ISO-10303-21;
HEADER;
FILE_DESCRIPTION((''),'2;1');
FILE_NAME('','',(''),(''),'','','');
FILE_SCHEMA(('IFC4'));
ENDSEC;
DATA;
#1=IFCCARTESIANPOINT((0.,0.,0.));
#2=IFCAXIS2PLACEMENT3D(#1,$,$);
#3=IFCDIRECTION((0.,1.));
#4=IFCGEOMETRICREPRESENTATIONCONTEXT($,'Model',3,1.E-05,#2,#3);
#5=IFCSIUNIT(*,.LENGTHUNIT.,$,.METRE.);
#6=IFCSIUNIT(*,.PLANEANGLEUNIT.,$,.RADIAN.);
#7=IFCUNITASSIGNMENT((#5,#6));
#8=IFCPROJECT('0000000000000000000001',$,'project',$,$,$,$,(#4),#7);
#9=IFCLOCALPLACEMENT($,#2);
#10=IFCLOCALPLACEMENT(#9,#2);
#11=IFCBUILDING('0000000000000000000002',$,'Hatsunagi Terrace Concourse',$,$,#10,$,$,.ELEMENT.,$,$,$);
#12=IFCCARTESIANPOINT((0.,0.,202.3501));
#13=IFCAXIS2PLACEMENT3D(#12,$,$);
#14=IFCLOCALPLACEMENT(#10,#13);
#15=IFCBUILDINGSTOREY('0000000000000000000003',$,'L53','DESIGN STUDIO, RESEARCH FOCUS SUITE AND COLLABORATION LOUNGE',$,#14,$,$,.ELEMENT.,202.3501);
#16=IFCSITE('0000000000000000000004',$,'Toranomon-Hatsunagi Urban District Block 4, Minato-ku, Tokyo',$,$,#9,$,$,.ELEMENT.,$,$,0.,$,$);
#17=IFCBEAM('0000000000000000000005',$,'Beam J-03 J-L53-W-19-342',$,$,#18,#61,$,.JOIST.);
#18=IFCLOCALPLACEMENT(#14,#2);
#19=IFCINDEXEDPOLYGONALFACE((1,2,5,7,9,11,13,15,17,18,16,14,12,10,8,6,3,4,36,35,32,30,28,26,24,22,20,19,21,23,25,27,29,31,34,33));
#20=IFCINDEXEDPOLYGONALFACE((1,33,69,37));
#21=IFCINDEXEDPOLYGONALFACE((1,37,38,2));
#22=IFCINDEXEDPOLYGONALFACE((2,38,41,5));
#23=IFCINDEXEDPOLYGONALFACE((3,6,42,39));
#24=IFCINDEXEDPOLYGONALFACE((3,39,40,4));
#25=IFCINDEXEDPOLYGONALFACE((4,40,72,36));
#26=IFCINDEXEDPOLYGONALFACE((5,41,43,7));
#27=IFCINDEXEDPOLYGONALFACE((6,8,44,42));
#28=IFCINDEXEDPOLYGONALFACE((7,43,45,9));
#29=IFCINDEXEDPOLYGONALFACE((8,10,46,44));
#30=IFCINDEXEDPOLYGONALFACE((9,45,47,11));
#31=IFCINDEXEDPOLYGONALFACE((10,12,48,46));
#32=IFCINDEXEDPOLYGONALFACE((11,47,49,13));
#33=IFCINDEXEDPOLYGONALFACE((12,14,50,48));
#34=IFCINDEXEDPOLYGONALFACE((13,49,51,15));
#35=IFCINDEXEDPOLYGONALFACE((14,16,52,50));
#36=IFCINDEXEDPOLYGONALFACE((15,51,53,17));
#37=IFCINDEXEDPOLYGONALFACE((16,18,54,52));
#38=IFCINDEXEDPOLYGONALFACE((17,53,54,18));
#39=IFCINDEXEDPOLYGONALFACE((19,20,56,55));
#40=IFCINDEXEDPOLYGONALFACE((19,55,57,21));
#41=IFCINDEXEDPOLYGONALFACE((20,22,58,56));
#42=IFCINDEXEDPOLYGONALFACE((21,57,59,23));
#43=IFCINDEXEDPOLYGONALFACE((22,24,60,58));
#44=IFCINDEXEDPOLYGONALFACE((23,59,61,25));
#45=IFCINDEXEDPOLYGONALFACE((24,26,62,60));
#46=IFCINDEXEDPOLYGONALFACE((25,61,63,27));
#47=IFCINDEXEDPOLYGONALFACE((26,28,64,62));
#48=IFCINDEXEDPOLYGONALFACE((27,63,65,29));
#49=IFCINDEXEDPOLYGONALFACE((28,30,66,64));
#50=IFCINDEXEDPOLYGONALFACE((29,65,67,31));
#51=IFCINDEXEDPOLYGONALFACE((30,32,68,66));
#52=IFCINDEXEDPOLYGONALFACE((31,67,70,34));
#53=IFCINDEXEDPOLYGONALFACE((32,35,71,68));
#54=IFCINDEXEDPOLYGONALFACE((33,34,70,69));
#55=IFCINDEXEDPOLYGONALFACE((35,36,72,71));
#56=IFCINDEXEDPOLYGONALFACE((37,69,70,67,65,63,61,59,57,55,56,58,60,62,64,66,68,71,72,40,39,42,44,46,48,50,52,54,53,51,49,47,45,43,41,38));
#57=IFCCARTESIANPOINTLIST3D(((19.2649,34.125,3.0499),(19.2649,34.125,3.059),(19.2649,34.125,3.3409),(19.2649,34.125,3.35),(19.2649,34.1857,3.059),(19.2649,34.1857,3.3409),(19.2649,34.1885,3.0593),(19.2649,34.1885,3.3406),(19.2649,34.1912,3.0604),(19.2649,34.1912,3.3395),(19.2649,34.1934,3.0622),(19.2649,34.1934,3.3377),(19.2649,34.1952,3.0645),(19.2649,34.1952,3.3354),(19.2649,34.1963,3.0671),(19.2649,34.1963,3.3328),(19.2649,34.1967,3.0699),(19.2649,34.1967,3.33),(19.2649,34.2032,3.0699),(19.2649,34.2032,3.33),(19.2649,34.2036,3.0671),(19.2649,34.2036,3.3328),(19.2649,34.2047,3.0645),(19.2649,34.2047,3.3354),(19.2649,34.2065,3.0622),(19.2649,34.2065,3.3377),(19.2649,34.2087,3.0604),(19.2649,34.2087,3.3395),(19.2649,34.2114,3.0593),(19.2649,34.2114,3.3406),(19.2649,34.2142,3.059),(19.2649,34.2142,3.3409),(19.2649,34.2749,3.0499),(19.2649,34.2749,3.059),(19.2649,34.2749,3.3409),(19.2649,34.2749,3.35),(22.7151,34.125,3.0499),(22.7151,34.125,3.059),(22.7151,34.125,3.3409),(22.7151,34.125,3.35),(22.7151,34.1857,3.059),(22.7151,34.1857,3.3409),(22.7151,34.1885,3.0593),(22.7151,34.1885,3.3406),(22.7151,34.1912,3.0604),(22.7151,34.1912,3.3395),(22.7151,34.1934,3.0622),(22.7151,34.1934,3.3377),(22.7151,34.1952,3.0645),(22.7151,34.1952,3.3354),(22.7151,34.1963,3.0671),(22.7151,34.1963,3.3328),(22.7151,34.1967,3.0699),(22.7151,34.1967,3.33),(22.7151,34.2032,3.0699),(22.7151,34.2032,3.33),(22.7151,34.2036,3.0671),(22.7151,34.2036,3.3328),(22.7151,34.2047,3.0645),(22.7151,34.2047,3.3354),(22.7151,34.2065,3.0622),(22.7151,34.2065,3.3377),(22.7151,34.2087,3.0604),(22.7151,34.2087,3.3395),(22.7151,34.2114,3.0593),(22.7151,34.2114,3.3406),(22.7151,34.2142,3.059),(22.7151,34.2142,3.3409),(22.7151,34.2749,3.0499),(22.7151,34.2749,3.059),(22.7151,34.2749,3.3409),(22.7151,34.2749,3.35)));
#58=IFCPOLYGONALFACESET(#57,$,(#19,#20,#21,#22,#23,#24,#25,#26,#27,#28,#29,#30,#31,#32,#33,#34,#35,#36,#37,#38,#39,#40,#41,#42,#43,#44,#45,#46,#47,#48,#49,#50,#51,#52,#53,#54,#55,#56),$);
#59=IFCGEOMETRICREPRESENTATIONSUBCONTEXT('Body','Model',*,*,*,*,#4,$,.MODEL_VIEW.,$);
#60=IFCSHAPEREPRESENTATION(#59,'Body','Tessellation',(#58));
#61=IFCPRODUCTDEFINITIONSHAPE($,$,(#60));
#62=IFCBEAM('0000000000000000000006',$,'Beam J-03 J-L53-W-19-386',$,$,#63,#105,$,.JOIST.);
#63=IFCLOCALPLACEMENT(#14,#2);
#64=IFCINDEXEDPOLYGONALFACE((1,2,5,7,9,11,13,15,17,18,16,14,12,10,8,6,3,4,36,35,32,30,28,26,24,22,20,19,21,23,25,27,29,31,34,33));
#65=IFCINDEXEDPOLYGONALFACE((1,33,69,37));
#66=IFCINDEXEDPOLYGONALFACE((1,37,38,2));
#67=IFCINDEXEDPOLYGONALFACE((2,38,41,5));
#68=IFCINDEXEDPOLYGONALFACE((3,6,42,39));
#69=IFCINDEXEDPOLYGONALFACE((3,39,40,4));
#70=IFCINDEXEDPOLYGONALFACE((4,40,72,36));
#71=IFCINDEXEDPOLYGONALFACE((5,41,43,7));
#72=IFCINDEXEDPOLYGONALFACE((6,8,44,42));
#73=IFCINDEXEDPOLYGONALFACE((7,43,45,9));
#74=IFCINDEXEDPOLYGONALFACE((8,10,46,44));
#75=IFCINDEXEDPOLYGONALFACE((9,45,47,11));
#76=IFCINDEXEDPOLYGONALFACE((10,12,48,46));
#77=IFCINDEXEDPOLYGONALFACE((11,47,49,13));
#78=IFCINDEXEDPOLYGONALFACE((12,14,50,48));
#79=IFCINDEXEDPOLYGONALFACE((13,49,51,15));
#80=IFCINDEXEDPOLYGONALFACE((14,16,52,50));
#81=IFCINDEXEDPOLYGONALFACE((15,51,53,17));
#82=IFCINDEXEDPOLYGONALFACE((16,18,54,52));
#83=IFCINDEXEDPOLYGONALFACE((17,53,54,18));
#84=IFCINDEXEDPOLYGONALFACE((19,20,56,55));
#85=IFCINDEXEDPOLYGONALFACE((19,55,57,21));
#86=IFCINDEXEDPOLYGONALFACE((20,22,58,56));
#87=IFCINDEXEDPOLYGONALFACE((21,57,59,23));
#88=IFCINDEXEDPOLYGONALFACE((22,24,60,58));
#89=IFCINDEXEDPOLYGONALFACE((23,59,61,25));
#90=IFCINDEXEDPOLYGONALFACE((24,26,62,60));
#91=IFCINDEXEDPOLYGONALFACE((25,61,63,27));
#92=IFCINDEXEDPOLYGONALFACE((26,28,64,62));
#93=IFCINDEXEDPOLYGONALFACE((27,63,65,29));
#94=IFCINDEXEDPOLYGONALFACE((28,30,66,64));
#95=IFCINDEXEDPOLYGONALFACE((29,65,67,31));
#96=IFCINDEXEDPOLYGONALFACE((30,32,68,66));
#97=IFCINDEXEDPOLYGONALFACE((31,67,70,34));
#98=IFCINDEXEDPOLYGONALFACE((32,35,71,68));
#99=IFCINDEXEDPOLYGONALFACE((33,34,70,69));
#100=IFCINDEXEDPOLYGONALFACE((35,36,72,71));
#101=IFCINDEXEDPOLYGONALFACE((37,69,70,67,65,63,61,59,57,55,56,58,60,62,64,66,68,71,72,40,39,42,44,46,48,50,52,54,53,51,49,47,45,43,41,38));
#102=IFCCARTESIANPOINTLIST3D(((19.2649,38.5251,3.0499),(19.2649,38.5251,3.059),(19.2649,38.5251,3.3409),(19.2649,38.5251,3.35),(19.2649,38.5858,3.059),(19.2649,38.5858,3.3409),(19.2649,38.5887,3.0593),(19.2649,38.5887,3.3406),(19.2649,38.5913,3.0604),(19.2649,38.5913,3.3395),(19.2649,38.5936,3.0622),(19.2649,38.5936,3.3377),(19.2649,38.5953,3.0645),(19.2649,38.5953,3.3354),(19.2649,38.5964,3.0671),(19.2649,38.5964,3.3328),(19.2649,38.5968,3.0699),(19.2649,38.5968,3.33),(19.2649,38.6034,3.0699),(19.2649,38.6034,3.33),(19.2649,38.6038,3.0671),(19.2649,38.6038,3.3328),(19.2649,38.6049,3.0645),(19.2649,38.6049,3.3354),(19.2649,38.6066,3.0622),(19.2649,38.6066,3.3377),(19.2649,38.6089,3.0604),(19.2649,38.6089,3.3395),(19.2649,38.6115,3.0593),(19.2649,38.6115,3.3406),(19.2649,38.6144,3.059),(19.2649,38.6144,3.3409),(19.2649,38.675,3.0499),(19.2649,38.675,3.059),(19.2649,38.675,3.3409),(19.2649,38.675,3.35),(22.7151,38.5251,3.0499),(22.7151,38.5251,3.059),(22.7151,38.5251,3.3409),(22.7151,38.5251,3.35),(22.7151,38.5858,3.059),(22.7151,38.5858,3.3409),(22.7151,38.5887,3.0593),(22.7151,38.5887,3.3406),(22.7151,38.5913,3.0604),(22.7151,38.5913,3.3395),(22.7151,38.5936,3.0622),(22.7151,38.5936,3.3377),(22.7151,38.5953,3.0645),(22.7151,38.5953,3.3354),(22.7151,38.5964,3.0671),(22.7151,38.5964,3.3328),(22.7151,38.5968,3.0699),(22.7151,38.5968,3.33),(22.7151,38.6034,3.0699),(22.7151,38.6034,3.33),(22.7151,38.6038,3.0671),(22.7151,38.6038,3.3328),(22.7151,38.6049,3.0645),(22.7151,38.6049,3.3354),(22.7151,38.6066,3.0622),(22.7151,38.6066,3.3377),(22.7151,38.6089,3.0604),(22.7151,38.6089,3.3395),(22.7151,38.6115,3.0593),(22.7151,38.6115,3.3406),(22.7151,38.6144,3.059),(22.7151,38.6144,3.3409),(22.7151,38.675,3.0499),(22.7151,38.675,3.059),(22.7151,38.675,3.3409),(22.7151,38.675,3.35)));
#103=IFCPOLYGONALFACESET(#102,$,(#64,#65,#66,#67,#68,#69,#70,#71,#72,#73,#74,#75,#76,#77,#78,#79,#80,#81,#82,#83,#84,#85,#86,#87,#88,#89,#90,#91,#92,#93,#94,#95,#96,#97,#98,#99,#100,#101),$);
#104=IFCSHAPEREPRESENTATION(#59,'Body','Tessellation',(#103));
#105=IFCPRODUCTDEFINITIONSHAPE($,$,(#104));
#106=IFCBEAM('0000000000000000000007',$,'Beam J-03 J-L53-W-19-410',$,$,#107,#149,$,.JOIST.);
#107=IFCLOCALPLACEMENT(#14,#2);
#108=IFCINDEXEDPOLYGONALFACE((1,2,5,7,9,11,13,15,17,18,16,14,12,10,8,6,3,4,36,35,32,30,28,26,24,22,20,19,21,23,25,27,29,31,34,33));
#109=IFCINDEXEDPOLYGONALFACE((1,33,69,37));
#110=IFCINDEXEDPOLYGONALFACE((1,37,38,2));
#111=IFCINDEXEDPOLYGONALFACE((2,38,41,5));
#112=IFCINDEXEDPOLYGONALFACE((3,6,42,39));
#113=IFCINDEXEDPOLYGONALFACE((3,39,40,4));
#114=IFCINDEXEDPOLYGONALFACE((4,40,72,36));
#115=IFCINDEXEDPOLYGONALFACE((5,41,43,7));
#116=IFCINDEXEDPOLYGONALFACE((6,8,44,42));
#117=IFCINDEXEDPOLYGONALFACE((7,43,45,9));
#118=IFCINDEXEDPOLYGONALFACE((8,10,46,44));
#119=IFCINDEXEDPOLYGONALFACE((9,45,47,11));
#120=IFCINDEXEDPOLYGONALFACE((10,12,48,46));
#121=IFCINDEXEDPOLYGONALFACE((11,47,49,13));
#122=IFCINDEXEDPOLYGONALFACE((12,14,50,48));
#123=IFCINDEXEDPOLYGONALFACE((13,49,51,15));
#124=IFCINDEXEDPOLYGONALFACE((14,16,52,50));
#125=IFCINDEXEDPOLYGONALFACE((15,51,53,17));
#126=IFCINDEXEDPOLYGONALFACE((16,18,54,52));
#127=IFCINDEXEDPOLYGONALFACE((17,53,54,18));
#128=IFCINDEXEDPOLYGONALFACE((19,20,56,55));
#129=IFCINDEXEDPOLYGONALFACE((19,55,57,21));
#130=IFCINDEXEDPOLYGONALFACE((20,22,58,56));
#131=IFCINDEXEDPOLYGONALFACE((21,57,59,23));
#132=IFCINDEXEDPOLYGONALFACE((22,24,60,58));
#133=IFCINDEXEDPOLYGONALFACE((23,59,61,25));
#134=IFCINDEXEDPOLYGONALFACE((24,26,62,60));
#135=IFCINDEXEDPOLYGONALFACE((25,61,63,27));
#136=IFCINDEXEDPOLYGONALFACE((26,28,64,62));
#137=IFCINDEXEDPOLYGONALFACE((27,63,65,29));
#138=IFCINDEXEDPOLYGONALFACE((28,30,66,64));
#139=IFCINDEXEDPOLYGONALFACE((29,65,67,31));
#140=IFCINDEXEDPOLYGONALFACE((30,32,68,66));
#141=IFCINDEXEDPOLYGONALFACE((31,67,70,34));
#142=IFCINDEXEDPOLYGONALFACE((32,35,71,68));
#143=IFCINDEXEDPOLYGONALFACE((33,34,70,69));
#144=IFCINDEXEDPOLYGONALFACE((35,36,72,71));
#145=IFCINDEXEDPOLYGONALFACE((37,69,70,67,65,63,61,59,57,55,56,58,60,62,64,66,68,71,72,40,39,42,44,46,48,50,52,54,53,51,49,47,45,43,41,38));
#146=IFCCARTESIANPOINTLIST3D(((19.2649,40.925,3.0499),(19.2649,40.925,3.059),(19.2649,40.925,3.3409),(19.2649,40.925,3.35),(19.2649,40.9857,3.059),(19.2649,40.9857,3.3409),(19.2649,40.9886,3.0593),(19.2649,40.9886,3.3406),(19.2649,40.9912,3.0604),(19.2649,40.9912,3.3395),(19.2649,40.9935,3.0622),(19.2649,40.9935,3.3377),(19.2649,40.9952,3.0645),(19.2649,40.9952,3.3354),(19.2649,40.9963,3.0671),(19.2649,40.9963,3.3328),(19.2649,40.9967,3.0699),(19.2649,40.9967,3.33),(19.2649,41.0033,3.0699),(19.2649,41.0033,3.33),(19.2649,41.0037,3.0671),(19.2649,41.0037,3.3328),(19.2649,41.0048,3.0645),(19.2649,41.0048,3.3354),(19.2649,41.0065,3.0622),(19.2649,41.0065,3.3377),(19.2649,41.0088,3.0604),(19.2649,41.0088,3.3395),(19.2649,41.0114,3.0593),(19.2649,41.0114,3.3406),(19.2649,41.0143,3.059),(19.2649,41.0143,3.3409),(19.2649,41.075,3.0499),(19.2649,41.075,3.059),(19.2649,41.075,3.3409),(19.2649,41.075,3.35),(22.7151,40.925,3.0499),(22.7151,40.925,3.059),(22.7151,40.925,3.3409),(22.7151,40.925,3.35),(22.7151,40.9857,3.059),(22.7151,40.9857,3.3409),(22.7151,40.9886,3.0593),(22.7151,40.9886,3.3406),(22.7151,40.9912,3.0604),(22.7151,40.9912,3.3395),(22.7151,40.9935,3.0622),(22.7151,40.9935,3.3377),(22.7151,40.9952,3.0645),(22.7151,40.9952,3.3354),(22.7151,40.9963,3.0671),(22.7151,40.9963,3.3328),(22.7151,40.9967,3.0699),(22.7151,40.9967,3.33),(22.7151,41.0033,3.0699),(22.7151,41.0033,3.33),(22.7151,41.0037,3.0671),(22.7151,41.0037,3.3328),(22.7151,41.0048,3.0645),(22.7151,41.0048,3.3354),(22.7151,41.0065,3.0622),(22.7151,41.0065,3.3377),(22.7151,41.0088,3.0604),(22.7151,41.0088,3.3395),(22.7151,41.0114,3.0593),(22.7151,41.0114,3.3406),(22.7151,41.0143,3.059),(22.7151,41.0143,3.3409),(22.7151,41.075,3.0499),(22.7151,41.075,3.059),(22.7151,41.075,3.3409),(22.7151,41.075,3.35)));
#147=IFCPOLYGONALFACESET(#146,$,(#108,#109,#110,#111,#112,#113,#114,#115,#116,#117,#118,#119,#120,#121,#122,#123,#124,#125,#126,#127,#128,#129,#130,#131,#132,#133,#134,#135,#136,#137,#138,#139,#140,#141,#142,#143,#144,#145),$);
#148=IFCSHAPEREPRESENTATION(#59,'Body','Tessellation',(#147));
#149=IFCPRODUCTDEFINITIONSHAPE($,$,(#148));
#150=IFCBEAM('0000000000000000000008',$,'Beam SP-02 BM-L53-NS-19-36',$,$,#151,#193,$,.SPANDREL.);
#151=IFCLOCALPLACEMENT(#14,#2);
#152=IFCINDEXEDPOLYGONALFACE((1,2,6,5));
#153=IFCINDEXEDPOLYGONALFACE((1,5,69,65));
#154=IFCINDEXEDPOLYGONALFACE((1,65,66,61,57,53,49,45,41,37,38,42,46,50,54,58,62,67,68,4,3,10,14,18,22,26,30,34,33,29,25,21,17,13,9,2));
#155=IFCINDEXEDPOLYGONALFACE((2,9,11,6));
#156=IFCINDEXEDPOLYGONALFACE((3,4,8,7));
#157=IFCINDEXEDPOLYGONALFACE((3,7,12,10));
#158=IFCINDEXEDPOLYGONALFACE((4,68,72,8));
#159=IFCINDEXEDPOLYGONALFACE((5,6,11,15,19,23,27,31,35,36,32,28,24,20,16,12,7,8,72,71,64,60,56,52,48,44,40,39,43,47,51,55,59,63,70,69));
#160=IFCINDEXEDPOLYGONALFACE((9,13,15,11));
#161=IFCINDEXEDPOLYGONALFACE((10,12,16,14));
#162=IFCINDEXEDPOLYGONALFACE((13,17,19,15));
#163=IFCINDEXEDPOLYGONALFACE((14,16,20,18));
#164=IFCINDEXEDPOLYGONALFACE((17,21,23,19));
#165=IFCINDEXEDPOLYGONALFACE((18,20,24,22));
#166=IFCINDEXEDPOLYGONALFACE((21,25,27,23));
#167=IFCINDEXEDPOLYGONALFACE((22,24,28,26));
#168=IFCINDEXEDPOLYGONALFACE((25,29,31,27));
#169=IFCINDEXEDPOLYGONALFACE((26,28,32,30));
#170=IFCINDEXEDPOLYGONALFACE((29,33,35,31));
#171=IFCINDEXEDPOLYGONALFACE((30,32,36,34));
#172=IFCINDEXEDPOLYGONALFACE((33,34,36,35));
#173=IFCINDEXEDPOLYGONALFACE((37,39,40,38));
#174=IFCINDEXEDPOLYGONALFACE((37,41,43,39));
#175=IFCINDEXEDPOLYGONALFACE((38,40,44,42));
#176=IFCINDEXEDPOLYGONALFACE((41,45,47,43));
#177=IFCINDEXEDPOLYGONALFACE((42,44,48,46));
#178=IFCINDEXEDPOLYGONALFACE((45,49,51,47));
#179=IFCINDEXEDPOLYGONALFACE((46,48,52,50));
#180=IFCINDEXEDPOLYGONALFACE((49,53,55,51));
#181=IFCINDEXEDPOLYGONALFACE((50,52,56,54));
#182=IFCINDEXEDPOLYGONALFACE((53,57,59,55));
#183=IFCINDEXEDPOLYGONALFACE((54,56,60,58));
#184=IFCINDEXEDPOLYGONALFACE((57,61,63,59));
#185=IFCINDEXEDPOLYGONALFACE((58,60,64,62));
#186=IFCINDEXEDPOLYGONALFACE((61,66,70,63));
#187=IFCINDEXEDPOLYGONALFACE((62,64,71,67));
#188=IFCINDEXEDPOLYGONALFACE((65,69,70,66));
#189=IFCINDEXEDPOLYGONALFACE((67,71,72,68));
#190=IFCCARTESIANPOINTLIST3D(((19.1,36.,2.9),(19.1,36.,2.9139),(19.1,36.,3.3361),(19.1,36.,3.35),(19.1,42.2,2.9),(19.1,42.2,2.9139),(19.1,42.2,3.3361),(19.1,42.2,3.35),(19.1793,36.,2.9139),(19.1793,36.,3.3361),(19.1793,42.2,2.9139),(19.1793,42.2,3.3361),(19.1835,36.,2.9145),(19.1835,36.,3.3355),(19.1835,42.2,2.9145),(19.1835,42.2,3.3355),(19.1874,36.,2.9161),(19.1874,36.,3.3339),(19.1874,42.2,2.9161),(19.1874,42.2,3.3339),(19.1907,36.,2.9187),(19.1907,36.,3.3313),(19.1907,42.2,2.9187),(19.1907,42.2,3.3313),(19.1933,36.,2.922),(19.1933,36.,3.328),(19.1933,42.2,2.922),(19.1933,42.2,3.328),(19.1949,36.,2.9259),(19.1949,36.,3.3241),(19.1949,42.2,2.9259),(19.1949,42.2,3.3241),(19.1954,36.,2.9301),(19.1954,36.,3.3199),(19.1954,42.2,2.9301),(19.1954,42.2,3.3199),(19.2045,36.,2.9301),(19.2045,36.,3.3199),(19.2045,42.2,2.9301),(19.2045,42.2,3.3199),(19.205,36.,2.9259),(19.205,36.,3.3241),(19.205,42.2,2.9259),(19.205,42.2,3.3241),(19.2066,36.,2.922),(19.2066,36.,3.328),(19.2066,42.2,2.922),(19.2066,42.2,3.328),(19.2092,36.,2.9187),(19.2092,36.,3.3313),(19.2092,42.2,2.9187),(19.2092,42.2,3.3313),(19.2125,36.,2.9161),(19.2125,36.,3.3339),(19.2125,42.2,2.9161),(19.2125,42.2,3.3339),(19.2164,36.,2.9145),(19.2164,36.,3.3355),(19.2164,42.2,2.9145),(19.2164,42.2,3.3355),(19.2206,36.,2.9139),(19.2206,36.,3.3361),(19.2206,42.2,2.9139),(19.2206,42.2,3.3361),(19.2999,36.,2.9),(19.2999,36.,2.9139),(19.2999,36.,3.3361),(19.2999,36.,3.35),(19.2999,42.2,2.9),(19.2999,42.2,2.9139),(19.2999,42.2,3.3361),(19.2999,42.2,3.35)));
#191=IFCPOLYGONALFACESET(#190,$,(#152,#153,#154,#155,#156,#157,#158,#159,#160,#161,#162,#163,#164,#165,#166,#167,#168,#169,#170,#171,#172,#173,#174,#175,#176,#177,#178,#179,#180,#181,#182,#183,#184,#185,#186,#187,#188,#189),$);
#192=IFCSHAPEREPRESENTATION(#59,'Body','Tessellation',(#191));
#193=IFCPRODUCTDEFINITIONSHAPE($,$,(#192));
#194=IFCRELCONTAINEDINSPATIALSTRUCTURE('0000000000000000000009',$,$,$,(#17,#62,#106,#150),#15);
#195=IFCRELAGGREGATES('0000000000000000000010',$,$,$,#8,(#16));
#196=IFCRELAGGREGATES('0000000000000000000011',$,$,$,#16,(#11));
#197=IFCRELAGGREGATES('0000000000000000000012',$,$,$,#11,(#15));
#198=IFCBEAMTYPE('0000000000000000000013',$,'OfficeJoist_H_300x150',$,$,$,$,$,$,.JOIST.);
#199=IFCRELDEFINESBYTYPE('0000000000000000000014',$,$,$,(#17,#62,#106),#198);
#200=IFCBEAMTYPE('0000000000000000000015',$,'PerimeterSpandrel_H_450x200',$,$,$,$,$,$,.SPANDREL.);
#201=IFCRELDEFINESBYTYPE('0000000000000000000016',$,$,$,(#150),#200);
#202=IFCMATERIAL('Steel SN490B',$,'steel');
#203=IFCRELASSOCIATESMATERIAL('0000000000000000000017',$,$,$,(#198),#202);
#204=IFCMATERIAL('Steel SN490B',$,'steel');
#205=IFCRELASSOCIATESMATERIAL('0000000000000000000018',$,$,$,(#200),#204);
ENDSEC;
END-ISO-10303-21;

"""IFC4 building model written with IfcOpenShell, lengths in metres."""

from ifc_helpers import new_model, si_unit, direction, frame, origin, origin_2d, place, context, subcontext, project, spatial, i_section, extrude, material, material_profile, profile_set, type_object, element, save


model = new_model("IFC4")

# Units and contexts
model_context = context("Model", 3, precision=1e-05, world=origin(), true_north=direction((0.0, 1.0)))
body_context = subcontext(model_context, "Body", "Model", "MODEL_VIEW")
ifc_project = project(units=[si_unit("LENGTHUNIT", "METRE"), si_unit("PLANEANGLEUNIT", "RADIAN")], contexts=[model_context])

# Site, building, storey
site_placement = place(None, origin())
site = spatial("IfcSite", under=ifc_project, at=site_placement, Name="Toranomon-Hatsunagi Urban District Block 4, Minato-ku, Tokyo", CompositionType="ELEMENT", RefElevation=0.0)
building_placement = place(site_placement, origin())
building = spatial("IfcBuilding", under=site, at=building_placement, Name="Hatsunagi Terrace Concourse", CompositionType="ELEMENT")
storey_placement = place(building_placement, frame((0.0, 0.0, 202.3501)))
storey = spatial("IfcBuildingStorey", under=building, at=storey_placement, Name="L53", Description="DESIGN STUDIO, RESEARCH FOCUS SUITE AND COLLABORATION LOUNGE", CompositionType="ELEMENT", Elevation=202.3501)

# Beams
ifc_material_1 = material(Name="Steel SN490B", Category="steel")
ifc_material_profile_1 = material_profile(ifc_material_1, i_section(OverallWidth=0.1499, OverallDepth=0.3, WebThickness=0.0066, FlangeThickness=0.009, FilletRadius=0.011, at=origin_2d()), Name="H-300x150x6.5x9")
ifc_profile_set_1 = profile_set([ifc_material_profile_1], Name="Steel SN490B")
beam_type_1 = type_object("IfcBeamType", Name="OfficeJoist_H_300x150", PredefinedType="JOIST", material=ifc_profile_set_1)
for number, where, z_axis, x_axis, name in (
    (1, (19.2649, 34.2, 3.2), (1.0, 0.0, 0.0), (0.0, 1.0, 0.0), "Beam J-03 J-L53-W-19-342"),
    (2, (19.2649, 38.6001, 3.2), (1.0, 0.0, 0.0), (0.0, 1.0, 0.0), "Beam J-03 J-L53-W-19-386"),
    (3, (19.2649, 41.0, 3.2), (1.0, 0.0, 0.0), (0.0, 1.0, 0.0), "Beam J-03 J-L53-W-19-410"),
):
    element("IfcBeam", number, at=place(storey_placement, frame(where, z_axis=z_axis, x_axis=x_axis)), inside=storey, type_object=beam_type_1, Name=name, PredefinedType="JOIST", context=body_context, shape_type="SweptSolid", body=[
        extrude(i_section(OverallWidth=0.1499, OverallDepth=0.3, WebThickness=0.0066, FlangeThickness=0.009, FilletRadius=0.011, at=origin_2d()), origin(), (0.0, 0.0, 1.0), 3.4502),
    ])
ifc_material_2 = material(Name="Steel SN490B", Category="steel")
ifc_material_profile_2 = material_profile(ifc_material_2, i_section(OverallWidth=0.2, OverallDepth=0.45, WebThickness=0.009, FlangeThickness=0.0139, FilletRadius=0.0161, at=origin_2d()), Name="H-450x200x9x14")
ifc_profile_set_2 = profile_set([ifc_material_profile_2], Name="Steel SN490B")
beam_type_2 = type_object("IfcBeamType", Name="PerimeterSpandrel_H_450x200", PredefinedType="SPANDREL", material=ifc_profile_set_2)
beam_1_placement = place(storey_placement, frame((19.2, 36.0, 3.125), z_axis=(0.0, 1.0, 0.0), x_axis=(-1.0, 0.0, 0.0)))
element("IfcBeam", 4, at=beam_1_placement, inside=storey, type_object=beam_type_2, Name="Beam SP-02 BM-L53-NS-19-36", PredefinedType="SPANDREL", context=body_context, shape_type="SweptSolid", body=[
    extrude(i_section(OverallWidth=0.2, OverallDepth=0.45, WebThickness=0.009, FlangeThickness=0.0139, FilletRadius=0.0161, at=origin_2d()), origin(), (0.0, 0.0, 1.0), 6.2),
])

save(model, "model.ifc")
